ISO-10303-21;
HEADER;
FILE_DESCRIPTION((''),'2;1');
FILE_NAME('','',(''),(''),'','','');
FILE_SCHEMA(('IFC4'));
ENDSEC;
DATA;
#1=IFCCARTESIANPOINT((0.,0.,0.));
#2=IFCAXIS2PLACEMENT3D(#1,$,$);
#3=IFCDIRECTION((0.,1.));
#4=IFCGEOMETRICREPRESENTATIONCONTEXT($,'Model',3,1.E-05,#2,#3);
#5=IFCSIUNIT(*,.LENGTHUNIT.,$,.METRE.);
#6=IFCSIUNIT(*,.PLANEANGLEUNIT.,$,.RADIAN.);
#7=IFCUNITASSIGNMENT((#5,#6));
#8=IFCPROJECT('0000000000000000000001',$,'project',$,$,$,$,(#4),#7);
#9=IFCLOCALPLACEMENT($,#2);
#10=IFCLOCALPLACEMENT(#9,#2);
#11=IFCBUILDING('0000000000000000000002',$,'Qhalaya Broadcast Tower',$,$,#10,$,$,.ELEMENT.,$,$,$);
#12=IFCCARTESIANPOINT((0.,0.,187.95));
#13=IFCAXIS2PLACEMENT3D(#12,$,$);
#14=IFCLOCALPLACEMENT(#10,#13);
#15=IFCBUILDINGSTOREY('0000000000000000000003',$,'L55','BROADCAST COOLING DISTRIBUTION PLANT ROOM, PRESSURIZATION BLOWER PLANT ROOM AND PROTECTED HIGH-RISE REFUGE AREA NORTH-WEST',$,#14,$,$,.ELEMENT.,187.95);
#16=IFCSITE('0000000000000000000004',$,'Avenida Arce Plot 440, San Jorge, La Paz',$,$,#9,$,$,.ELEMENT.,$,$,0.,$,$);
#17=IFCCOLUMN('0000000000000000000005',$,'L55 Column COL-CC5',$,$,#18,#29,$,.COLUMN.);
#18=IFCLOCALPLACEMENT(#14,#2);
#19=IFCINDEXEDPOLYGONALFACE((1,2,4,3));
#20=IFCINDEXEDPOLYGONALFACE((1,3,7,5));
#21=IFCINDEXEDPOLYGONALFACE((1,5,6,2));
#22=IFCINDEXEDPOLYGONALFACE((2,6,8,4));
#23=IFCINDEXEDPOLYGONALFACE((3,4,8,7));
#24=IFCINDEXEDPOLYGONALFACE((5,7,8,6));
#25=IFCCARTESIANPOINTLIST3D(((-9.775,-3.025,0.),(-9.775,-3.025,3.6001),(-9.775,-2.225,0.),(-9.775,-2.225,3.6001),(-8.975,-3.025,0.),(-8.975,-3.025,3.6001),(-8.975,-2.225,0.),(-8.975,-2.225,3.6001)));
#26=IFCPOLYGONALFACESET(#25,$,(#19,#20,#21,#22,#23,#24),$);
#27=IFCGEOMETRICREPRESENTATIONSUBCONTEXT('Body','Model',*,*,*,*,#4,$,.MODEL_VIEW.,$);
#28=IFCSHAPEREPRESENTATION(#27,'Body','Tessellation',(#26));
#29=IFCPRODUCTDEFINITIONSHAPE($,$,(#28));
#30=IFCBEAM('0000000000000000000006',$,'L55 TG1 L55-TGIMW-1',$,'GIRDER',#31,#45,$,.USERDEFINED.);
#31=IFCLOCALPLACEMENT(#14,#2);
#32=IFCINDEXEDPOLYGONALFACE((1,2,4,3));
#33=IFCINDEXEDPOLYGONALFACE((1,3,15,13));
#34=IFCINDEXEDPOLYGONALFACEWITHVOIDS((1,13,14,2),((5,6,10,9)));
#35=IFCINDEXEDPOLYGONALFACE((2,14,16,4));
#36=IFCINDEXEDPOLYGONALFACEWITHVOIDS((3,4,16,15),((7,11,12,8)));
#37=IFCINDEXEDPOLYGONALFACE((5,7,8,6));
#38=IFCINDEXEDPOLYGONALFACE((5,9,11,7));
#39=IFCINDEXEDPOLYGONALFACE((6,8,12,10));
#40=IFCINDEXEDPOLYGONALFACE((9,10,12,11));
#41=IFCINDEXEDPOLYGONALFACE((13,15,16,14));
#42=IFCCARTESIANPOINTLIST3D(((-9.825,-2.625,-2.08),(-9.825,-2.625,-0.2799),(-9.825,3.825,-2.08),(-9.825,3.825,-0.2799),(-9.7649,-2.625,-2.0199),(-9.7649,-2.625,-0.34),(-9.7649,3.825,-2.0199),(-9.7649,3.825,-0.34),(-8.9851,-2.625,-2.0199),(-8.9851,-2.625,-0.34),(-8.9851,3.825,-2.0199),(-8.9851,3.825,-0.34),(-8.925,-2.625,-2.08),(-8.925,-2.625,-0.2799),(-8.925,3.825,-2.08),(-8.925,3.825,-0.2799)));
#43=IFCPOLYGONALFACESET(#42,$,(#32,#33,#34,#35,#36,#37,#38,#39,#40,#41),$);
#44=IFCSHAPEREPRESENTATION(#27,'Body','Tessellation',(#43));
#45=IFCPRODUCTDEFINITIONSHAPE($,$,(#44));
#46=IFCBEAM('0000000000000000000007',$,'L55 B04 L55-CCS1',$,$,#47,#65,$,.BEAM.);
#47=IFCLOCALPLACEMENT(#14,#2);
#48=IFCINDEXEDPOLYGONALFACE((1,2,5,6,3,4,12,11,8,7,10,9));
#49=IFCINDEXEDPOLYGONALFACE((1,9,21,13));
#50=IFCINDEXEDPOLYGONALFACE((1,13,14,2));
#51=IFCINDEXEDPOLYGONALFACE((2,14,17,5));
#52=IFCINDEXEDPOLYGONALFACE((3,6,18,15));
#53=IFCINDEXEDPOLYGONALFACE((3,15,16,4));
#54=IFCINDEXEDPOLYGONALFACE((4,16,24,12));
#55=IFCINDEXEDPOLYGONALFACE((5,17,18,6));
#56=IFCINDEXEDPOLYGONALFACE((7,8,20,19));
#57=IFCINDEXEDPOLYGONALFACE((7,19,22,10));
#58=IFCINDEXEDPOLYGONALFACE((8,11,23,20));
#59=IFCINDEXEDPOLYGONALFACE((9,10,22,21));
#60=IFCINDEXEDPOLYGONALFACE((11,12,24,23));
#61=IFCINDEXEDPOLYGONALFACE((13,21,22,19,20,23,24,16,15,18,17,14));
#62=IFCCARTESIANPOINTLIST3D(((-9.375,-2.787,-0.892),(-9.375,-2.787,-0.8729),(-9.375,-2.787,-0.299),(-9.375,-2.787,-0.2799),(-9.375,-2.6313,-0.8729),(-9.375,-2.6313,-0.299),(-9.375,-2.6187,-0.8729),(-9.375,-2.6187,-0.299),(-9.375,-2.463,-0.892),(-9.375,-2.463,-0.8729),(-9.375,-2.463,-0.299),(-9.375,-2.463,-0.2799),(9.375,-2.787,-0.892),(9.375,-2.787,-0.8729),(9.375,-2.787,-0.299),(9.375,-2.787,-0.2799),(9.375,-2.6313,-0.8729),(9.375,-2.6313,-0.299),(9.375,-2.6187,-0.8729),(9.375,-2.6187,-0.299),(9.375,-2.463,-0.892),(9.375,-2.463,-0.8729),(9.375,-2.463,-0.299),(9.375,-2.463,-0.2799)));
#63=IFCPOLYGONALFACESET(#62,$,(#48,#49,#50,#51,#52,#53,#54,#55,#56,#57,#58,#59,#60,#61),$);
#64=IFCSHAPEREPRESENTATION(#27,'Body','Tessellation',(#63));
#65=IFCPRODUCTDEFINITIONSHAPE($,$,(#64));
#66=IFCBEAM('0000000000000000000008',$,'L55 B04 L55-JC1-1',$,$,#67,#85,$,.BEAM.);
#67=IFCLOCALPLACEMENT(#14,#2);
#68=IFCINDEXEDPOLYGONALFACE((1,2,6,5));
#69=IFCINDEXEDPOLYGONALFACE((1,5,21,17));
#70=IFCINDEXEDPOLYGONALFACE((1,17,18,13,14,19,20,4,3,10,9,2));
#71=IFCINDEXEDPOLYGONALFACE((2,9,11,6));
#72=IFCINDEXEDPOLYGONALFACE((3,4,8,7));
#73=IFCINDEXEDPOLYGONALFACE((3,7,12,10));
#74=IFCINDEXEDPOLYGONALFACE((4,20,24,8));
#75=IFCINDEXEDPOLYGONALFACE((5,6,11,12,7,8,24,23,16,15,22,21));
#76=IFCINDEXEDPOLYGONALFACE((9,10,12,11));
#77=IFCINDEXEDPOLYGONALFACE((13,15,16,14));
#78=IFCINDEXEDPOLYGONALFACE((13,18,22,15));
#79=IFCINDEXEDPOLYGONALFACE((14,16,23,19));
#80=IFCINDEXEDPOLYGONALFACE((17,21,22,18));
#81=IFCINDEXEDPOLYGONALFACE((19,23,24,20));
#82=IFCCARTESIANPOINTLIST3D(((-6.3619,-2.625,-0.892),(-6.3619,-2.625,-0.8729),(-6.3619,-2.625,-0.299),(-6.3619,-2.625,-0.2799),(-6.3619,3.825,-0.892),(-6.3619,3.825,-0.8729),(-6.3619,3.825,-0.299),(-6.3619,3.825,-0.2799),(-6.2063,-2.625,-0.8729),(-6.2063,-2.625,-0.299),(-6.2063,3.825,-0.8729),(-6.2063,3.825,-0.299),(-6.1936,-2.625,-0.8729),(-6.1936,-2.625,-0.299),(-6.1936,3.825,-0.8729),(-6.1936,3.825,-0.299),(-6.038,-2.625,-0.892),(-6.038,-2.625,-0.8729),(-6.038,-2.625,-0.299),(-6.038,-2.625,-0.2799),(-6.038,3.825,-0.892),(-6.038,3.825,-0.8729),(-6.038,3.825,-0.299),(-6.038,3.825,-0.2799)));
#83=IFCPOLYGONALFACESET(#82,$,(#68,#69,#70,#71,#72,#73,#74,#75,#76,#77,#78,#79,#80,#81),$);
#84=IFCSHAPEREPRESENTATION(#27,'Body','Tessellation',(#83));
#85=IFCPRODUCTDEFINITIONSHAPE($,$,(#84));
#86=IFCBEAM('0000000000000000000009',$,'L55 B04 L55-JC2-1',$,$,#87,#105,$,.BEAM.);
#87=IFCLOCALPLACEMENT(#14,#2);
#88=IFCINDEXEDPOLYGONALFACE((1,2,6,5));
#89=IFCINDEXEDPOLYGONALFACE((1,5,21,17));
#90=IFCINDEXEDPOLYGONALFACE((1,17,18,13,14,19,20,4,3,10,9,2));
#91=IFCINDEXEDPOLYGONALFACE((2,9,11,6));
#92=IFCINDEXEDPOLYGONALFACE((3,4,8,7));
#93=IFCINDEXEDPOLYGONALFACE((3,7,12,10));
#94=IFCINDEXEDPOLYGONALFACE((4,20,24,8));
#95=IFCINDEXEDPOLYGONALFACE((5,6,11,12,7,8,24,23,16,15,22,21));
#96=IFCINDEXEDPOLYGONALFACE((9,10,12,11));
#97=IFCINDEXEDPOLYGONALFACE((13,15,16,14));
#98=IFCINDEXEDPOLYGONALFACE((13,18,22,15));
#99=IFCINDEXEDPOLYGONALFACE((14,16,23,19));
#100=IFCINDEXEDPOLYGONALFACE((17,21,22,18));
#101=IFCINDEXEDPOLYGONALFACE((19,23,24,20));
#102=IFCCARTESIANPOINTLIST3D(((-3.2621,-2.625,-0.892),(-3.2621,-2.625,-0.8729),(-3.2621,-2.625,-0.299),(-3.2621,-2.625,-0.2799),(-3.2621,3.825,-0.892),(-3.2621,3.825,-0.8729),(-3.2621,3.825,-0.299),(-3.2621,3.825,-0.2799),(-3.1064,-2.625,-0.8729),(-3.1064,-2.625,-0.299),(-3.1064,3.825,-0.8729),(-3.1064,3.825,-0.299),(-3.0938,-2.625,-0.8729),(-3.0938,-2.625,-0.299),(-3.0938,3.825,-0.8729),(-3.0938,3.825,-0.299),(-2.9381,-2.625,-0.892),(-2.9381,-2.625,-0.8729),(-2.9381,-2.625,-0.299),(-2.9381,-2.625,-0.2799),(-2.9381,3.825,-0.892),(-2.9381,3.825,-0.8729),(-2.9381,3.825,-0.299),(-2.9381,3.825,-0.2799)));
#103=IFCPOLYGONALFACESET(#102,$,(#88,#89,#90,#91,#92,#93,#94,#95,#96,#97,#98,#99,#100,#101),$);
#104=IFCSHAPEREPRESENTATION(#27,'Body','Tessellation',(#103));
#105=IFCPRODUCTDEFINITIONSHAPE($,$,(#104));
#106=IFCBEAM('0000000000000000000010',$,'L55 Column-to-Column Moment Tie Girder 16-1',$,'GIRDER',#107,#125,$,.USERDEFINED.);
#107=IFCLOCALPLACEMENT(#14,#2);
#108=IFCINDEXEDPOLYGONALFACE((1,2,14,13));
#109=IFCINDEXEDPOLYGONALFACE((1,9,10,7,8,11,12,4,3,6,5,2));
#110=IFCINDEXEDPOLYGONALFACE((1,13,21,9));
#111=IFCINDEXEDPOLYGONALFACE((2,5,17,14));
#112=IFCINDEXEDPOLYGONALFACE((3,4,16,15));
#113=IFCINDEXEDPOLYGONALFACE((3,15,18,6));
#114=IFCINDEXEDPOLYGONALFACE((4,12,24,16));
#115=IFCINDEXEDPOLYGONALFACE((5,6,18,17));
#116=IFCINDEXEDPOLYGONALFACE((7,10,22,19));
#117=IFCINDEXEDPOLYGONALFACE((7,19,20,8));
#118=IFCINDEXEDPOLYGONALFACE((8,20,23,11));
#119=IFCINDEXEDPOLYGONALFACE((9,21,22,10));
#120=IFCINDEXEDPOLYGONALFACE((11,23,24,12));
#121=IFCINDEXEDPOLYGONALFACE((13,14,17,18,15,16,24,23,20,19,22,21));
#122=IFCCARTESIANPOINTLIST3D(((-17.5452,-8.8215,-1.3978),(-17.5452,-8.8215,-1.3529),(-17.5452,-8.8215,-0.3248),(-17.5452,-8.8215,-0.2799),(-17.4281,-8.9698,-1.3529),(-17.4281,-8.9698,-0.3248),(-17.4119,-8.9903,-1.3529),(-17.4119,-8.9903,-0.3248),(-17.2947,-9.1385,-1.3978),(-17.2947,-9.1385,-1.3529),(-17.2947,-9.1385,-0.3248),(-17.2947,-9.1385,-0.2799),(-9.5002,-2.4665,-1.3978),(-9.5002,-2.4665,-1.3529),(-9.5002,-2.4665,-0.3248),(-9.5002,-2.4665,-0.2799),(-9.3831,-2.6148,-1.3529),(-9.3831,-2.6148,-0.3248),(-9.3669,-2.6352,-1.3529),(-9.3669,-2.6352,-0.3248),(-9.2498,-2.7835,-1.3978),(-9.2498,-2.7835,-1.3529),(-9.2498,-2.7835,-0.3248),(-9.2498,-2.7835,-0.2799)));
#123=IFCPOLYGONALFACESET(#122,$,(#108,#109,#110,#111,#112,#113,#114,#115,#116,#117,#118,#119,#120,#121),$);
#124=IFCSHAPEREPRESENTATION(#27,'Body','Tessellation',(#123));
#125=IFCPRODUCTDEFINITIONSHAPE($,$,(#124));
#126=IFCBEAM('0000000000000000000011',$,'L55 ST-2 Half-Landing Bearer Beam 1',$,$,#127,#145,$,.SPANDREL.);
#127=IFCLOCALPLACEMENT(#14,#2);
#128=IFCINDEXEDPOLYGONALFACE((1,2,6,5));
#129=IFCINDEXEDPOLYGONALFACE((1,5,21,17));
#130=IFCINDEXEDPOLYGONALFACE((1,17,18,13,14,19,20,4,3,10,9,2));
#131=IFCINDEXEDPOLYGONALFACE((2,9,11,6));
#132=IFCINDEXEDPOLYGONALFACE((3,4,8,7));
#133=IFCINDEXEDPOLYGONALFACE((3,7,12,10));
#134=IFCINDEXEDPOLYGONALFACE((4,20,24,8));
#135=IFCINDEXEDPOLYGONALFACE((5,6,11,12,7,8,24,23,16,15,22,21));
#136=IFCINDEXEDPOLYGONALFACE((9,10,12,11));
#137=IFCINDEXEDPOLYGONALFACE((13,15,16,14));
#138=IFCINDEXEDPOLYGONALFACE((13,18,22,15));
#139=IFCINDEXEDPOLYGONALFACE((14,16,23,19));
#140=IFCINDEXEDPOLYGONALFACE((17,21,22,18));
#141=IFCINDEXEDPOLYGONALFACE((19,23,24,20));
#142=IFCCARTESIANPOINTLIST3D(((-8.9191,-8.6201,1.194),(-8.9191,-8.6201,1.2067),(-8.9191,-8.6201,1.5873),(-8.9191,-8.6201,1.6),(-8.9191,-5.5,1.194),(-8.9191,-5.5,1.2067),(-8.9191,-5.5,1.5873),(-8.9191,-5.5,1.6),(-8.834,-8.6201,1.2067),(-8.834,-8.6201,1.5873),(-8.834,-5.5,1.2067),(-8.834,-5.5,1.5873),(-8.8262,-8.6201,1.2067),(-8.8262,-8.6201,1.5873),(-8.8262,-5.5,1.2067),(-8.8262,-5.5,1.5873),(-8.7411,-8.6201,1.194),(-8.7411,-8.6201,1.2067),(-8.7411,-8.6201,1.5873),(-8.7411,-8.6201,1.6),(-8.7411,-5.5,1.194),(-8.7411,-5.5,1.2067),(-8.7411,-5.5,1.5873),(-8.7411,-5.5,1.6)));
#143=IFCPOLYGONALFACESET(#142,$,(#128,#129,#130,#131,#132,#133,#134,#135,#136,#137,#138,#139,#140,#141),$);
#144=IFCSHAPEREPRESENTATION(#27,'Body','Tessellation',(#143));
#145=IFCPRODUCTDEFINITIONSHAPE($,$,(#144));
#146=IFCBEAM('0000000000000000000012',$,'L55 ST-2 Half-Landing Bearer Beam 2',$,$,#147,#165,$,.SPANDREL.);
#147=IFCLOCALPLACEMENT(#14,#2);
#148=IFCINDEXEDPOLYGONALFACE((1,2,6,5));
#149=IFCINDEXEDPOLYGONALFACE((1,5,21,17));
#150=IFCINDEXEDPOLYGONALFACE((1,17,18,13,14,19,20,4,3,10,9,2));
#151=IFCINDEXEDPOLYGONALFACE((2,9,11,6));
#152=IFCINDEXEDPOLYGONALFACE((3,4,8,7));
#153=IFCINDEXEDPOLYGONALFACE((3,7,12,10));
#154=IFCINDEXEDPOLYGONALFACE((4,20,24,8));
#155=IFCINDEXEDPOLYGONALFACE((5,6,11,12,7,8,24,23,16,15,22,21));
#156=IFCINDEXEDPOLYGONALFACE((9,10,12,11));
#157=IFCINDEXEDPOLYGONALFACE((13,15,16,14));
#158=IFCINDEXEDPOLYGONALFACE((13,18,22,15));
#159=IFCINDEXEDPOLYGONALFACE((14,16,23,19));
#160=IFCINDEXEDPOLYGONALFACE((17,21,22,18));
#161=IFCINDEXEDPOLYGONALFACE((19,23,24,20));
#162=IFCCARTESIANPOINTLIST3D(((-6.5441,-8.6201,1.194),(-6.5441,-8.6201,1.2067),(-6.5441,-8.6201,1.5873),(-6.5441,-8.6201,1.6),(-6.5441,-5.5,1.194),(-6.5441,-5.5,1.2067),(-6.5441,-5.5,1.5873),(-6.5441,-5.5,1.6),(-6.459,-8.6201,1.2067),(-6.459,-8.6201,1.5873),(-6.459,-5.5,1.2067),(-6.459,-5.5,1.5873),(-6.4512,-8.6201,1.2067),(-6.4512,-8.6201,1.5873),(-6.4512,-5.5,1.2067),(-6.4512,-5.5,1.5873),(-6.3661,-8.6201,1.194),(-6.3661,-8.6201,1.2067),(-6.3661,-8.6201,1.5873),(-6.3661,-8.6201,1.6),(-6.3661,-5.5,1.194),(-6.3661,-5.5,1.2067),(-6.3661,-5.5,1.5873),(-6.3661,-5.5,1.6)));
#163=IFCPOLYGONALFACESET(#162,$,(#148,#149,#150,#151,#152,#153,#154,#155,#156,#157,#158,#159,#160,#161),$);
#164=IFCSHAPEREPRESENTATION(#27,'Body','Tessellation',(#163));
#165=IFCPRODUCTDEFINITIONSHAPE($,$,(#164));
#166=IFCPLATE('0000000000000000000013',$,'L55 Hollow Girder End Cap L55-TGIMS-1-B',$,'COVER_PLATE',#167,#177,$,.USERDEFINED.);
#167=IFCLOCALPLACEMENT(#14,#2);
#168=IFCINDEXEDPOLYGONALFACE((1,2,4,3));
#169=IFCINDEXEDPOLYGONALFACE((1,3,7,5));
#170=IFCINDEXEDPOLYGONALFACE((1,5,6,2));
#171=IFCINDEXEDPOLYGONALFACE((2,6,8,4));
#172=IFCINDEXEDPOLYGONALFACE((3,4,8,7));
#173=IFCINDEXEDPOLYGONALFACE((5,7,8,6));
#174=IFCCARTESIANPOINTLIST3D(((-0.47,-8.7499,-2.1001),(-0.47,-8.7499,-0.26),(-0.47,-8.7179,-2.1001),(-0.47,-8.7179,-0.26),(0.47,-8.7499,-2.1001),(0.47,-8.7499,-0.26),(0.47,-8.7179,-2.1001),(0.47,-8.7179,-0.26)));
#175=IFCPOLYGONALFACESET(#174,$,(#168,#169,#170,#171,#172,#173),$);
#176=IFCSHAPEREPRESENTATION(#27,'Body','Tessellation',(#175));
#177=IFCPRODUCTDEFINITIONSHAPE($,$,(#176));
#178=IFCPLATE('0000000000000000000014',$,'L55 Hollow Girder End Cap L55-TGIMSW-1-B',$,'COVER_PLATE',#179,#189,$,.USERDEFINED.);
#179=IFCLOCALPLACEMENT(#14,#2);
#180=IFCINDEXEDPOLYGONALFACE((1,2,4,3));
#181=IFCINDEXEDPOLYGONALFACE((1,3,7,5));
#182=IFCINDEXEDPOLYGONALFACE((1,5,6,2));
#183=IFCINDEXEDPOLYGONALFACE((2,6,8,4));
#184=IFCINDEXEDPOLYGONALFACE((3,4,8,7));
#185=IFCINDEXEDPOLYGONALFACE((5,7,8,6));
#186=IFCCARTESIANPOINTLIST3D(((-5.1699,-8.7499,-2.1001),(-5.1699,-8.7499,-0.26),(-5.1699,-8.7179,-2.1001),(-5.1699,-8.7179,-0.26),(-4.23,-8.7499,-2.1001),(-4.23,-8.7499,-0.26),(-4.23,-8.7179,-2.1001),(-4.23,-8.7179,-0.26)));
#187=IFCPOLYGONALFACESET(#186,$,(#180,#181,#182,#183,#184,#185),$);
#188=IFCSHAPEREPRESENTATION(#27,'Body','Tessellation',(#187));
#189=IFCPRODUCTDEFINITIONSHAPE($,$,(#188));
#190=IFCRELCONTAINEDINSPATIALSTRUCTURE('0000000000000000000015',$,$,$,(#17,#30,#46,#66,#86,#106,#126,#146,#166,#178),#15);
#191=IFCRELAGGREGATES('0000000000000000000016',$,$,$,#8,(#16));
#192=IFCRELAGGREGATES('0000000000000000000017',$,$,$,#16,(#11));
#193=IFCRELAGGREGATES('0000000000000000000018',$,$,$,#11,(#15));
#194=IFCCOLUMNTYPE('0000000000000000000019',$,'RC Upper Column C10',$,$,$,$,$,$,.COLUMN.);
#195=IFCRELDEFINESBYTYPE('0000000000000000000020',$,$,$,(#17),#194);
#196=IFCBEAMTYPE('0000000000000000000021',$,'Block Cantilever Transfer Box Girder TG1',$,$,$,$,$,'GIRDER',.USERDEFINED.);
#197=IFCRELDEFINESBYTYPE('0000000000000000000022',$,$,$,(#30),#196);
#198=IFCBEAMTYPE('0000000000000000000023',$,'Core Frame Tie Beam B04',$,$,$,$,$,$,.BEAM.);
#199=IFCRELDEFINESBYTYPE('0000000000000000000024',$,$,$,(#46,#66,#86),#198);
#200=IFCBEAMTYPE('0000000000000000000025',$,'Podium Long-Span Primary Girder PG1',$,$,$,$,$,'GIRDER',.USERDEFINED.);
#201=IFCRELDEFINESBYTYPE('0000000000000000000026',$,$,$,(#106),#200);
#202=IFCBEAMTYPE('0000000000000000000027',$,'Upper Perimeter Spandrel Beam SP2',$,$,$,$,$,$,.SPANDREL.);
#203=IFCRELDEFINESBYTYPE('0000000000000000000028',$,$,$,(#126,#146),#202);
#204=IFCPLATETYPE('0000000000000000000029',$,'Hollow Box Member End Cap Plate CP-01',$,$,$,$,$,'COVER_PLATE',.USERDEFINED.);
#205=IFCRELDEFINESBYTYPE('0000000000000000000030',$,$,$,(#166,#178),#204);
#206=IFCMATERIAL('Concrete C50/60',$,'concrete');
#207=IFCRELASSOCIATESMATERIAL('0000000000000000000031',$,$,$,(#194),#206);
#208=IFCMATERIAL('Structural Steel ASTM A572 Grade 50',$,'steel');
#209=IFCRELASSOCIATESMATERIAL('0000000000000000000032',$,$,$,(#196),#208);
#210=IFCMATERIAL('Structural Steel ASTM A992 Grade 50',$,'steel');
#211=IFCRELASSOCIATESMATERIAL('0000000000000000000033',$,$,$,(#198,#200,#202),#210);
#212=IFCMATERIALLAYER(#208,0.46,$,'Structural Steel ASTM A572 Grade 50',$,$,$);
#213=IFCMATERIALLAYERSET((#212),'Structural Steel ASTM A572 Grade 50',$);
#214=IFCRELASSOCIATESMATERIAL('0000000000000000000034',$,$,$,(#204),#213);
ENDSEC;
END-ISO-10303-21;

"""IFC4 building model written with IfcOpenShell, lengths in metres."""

from ifc_helpers import new_model, si_unit, direction, frame, origin, origin_2d, place, context, subcontext, project, spatial, rectangle, hollow_rectangle, i_section, extrude, material, layer, layer_set, material_profile, profile_set, type_object, element, save


model = new_model("IFC4")

# Units and contexts
model_context = context("Model", 3, precision=1e-05, world=origin(), true_north=direction((0.0, 1.0)))
body_context = subcontext(model_context, "Body", "Model", "MODEL_VIEW")
ifc_project = project(units=[si_unit("LENGTHUNIT", "METRE"), si_unit("PLANEANGLEUNIT", "RADIAN")], contexts=[model_context])

# Site, building, storey
site_placement = place(None, origin())
site = spatial("IfcSite", under=ifc_project, at=site_placement, Name="Avenida Arce Plot 440, San Jorge, La Paz", CompositionType="ELEMENT", RefElevation=0.0)
building_placement = place(site_placement, origin())
building = spatial("IfcBuilding", under=site, at=building_placement, Name="Qhalaya Broadcast Tower", CompositionType="ELEMENT")
storey_placement = place(building_placement, frame((0.0, 0.0, 187.95)))
storey = spatial("IfcBuildingStorey", under=building, at=storey_placement, Name="L55", Description="BROADCAST COOLING DISTRIBUTION PLANT ROOM, PRESSURIZATION BLOWER PLANT ROOM AND PROTECTED HIGH-RISE REFUGE AREA NORTH-WEST", CompositionType="ELEMENT", Elevation=187.95)

# Column
ifc_material_1 = material(Name="Concrete C50/60", Category="concrete")
ifc_material_profile_1 = material_profile(ifc_material_1, rectangle(XDim=0.8, YDim=0.8, at=origin_2d()), Name="RC-COL 800x800")
ifc_profile_set_1 = profile_set([ifc_material_profile_1], Name="Concrete C50/60")
column_type = type_object("IfcColumnType", Name="RC Upper Column C10", PredefinedType="COLUMN", material=ifc_profile_set_1)
column_placement = place(storey_placement, frame((-9.375, -2.625, 0.0), z_axis=(0.0, 0.0, 1.0), x_axis=(1.0, 0.0, 0.0)))
element("IfcColumn", 1, at=column_placement, inside=storey, type_object=column_type, Name="L55 Column COL-CC5", PredefinedType="COLUMN", context=body_context, shape_type="SweptSolid", body=[
    extrude(rectangle(XDim=0.8, YDim=0.8, at=origin_2d()), origin(), (0.0, 0.0, 1.0), 3.6001),
])

# Beams
ifc_material_2 = material(Name="Structural Steel ASTM A572 Grade 50", Category="steel")
ifc_material_profile_2 = material_profile(ifc_material_2, hollow_rectangle(XDim=0.8999, YDim=1.8, WallThickness=0.0601, at=origin_2d()), Name="BOX 900x1800x60")
ifc_profile_set_2 = profile_set([ifc_material_profile_2], Name="Structural Steel ASTM A572 Grade 50")
beam_type_1 = type_object("IfcBeamType", Name="Block Cantilever Transfer Box Girder TG1", ElementType="GIRDER", PredefinedType="USERDEFINED", material=ifc_profile_set_2)
beam_1_placement = place(storey_placement, frame((-9.375, -2.625, -1.1799), z_axis=(0.0, 1.0, 0.0), x_axis=(-1.0, 0.0, 0.0)))
element("IfcBeam", 2, at=beam_1_placement, inside=storey, type_object=beam_type_1, Name="L55 TG1 L55-TGIMW-1", ObjectType="GIRDER", PredefinedType="USERDEFINED", context=body_context, shape_type="SweptSolid", body=[
    extrude(hollow_rectangle(XDim=0.8999, YDim=1.8, WallThickness=0.0601, at=origin_2d()), origin(), (0.0, 0.0, 1.0), 6.45),
])
ifc_material_3 = material(Name="Structural Steel ASTM A992 Grade 50", Category="steel")
ifc_material_profile_3 = material_profile(ifc_material_3, i_section(OverallWidth=0.324, OverallDepth=0.6121, WebThickness=0.0127, FlangeThickness=0.019, at=origin_2d()), Name="W24X104")
ifc_profile_set_3 = profile_set([ifc_material_profile_3], Name="Structural Steel ASTM A992 Grade 50")
beam_type_2 = type_object("IfcBeamType", Name="Core Frame Tie Beam B04", PredefinedType="BEAM", material=ifc_profile_set_3)
beam_2_placement = place(storey_placement, frame((-9.375, -2.625, -0.5859), z_axis=(1.0, 0.0, 0.0), x_axis=(0.0, 1.0, 0.0)))
element("IfcBeam", 3, at=beam_2_placement, inside=storey, type_object=beam_type_2, Name="L55 B04 L55-CCS1", PredefinedType="BEAM", context=body_context, shape_type="SweptSolid", body=[
    extrude(i_section(OverallWidth=0.324, OverallDepth=0.6121, WebThickness=0.0127, FlangeThickness=0.019, at=origin_2d()), origin(), (0.0, 0.0, 1.0), 18.75),
])
for number, where, z_axis, x_axis, name in (
    (4, (-6.2, -2.625, -0.5859), (0.0, 1.0, 0.0), (-1.0, 0.0, 0.0), "L55 B04 L55-JC1-1"),
    (5, (-3.1001, -2.625, -0.5859), (0.0, 1.0, 0.0), (-1.0, 0.0, 0.0), "L55 B04 L55-JC2-1"),
):
    element("IfcBeam", number, at=place(storey_placement, frame(where, z_axis=z_axis, x_axis=x_axis)), inside=storey, type_object=beam_type_2, Name=name, PredefinedType="BEAM", context=body_context, shape_type="SweptSolid", body=[
        extrude(i_section(OverallWidth=0.324, OverallDepth=0.6121, WebThickness=0.0127, FlangeThickness=0.019, at=origin_2d()), origin(), (0.0, 0.0, 1.0), 6.45),
    ])
ifc_material_profile_4 = material_profile(ifc_material_3, i_section(OverallWidth=0.4041, OverallDepth=1.1179, WebThickness=0.0261, FlangeThickness=0.0449, at=origin_2d()), Name="W44X335")
ifc_profile_set_4 = profile_set([ifc_material_profile_4], Name="Structural Steel ASTM A992 Grade 50")
beam_type_3 = type_object("IfcBeamType", Name="Podium Long-Span Primary Girder PG1", ElementType="GIRDER", PredefinedType="USERDEFINED", material=ifc_profile_set_4)
beam_3_placement = place(storey_placement, frame((-9.375, -2.625, -0.8389), z_axis=(-0.784706, -0.619868, 0.0), x_axis=(0.619868, -0.784706, 0.0)))
element("IfcBeam", 6, at=beam_3_placement, inside=storey, type_object=beam_type_3, Name="L55 Column-to-Column Moment Tie Girder 16-1", ObjectType="GIRDER", PredefinedType="USERDEFINED", context=body_context, shape_type="SweptSolid", body=[
    extrude(i_section(OverallWidth=0.4041, OverallDepth=1.1179, WebThickness=0.0261, FlangeThickness=0.0449, at=origin_2d()), origin(), (0.0, 0.0, 1.0), 10.2522),
])
ifc_material_profile_5 = material_profile(ifc_material_3, i_section(OverallWidth=0.178, OverallDepth=0.406, WebThickness=0.0078, FlangeThickness=0.0127, at=origin_2d()), Name="W16X40")
ifc_profile_set_5 = profile_set([ifc_material_profile_5], Name="Structural Steel ASTM A992 Grade 50")
beam_type_4 = type_object("IfcBeamType", Name="Upper Perimeter Spandrel Beam SP2", PredefinedType="SPANDREL", material=ifc_profile_set_5)
for number, where, z_axis, x_axis, name in (
    (7, (-8.8301, -8.6201, 1.397), (0.0, 1.0, 0.0), (-1.0, 0.0, 0.0), "L55 ST-2 Half-Landing Bearer Beam 1"),
    (8, (-6.4551, -8.6201, 1.397), (0.0, 1.0, 0.0), (-1.0, 0.0, 0.0), "L55 ST-2 Half-Landing Bearer Beam 2"),
):
    element("IfcBeam", number, at=place(storey_placement, frame(where, z_axis=z_axis, x_axis=x_axis)), inside=storey, type_object=beam_type_4, Name=name, PredefinedType="SPANDREL", context=body_context, shape_type="SweptSolid", body=[
        extrude(i_section(OverallWidth=0.178, OverallDepth=0.406, WebThickness=0.0078, FlangeThickness=0.0127, at=origin_2d()), origin(), (0.0, 0.0, 1.0), 3.1201),
    ])

# Plates
ifc_layer_1 = layer(ifc_material_2, 0.46, Name="Structural Steel ASTM A572 Grade 50")
ifc_layer_set_1 = layer_set([ifc_layer_1], Name="Structural Steel ASTM A572 Grade 50")
plate_type = type_object("IfcPlateType", Name="Hollow Box Member End Cap Plate CP-01", ElementType="COVER_PLATE", PredefinedType="USERDEFINED", material=ifc_layer_set_1)
for number, where, z_axis, x_axis, name in (
    (9, (0.0, -8.7339, -2.1001), (0.0, 0.0, 1.0), (-1.0, 0.0, 0.0), "L55 Hollow Girder End Cap L55-TGIMS-1-B"),
    (10, (-4.7, -8.7339, -2.1001), (0.0, 0.0, 1.0), (-1.0, 0.0, 0.0), "L55 Hollow Girder End Cap L55-TGIMSW-1-B"),
):
    element("IfcPlate", number, at=place(storey_placement, frame(where, z_axis=z_axis, x_axis=x_axis)), inside=storey, type_object=plate_type, Name=name, ObjectType="COVER_PLATE", PredefinedType="USERDEFINED", context=body_context, shape_type="SweptSolid", body=[
        extrude(rectangle(XDim=0.9399, YDim=0.032, at=origin_2d()), origin(), (0.0, 0.0, 1.0), 1.8401),
    ])

save(model, "model.ifc")
